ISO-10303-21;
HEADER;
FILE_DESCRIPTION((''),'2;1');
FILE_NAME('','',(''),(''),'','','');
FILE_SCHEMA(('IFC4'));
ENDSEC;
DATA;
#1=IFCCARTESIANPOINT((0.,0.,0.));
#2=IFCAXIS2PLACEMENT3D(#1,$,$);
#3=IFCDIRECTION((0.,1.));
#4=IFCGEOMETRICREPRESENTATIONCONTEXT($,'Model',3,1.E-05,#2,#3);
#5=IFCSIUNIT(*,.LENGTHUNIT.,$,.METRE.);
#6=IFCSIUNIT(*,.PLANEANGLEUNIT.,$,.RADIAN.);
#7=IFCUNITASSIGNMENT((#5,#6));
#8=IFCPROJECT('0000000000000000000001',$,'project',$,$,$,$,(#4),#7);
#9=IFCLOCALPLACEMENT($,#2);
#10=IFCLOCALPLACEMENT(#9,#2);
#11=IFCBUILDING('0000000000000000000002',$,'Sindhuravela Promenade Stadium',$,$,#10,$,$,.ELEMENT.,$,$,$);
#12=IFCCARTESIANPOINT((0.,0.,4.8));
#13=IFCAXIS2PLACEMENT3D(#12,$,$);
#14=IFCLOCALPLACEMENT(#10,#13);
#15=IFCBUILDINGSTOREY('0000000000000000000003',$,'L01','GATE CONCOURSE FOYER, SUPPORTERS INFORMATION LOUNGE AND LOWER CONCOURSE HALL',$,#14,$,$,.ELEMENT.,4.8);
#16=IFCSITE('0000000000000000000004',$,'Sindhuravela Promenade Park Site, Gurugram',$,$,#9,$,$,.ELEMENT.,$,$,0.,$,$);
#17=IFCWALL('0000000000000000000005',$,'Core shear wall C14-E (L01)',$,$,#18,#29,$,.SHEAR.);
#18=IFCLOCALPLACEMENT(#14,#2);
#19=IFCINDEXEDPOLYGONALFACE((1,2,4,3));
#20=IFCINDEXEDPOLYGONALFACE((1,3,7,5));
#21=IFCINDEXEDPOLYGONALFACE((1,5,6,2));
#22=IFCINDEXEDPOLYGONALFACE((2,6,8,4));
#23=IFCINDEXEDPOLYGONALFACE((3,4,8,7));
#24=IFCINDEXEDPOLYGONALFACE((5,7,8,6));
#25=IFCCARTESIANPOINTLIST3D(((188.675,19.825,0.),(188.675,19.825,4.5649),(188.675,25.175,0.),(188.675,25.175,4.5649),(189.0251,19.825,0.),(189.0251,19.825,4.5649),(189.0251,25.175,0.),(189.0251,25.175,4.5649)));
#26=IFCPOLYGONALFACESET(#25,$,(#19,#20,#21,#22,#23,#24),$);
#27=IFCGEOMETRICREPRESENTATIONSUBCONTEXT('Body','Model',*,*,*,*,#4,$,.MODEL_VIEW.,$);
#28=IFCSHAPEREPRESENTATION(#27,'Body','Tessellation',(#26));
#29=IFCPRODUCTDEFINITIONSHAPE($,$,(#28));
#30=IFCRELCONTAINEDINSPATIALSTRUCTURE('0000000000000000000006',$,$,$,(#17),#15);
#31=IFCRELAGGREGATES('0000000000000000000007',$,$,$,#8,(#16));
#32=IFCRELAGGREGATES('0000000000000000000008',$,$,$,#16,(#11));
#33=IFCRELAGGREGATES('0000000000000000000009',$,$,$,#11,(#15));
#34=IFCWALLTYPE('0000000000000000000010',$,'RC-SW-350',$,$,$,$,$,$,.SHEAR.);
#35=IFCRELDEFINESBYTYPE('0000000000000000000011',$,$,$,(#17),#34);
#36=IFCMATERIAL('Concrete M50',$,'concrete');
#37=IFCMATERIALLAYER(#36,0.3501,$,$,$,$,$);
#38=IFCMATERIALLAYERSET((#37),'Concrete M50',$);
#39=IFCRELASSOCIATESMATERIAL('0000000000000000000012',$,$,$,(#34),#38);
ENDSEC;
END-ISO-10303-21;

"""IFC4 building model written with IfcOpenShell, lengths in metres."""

from ifc_helpers import new_model, si_unit, direction, frame, frame_2d, origin, place, context, subcontext, project, spatial, rectangle, extrude, material, layer, layer_set, type_object, element, save


model = new_model("IFC4")

# Units and contexts
model_context = context("Model", 3, precision=1e-05, world=origin(), true_north=direction((0.0, 1.0)))
body_context = subcontext(model_context, "Body", "Model", "MODEL_VIEW")
ifc_project = project(units=[si_unit("LENGTHUNIT", "METRE"), si_unit("PLANEANGLEUNIT", "RADIAN")], contexts=[model_context])

# Site, building, storey
site_placement = place(None, origin())
site = spatial("IfcSite", under=ifc_project, at=site_placement, Name="Sindhuravela Promenade Park Site, Gurugram", CompositionType="ELEMENT", RefElevation=0.0)
building_placement = place(site_placement, origin())
building = spatial("IfcBuilding", under=site, at=building_placement, Name="Sindhuravela Promenade Stadium", CompositionType="ELEMENT")
storey_placement = place(building_placement, frame((0.0, 0.0, 4.8)))
storey = spatial("IfcBuildingStorey", under=building, at=storey_placement, Name="L01", Description="GATE CONCOURSE FOYER, SUPPORTERS INFORMATION LOUNGE AND LOWER CONCOURSE HALL", CompositionType="ELEMENT", Elevation=4.8)

# Shared definitions
ifc_material_1 = material(Name="Concrete M50", Category="concrete")

# Wall
ifc_layer_1 = layer(ifc_material_1, 0.3501)
ifc_layer_set_1 = layer_set([ifc_layer_1], Name="Concrete M50")
wall_type_1 = type_object("IfcWallType", Name="RC-SW-350", PredefinedType="SHEAR", material=ifc_layer_set_1)
wall_1_placement = place(storey_placement, frame((188.8501, 19.825, 0.0), z_axis=(0.0, 0.0, 1.0), x_axis=(0.0, 1.0, 0.0)))
element("IfcWall", 1, at=wall_1_placement, inside=storey, type_object=wall_type_1, Name="Core shear wall C14-E (L01)", PredefinedType="SHEAR", context=body_context, shape_type="SweptSolid", body=[
    extrude(rectangle(XDim=5.3501, YDim=0.3501, at=frame_2d((2.675, 0.0))), origin(), (0.0, 0.0, 1.0), 4.5649),
])

save(model, "model.ifc")
